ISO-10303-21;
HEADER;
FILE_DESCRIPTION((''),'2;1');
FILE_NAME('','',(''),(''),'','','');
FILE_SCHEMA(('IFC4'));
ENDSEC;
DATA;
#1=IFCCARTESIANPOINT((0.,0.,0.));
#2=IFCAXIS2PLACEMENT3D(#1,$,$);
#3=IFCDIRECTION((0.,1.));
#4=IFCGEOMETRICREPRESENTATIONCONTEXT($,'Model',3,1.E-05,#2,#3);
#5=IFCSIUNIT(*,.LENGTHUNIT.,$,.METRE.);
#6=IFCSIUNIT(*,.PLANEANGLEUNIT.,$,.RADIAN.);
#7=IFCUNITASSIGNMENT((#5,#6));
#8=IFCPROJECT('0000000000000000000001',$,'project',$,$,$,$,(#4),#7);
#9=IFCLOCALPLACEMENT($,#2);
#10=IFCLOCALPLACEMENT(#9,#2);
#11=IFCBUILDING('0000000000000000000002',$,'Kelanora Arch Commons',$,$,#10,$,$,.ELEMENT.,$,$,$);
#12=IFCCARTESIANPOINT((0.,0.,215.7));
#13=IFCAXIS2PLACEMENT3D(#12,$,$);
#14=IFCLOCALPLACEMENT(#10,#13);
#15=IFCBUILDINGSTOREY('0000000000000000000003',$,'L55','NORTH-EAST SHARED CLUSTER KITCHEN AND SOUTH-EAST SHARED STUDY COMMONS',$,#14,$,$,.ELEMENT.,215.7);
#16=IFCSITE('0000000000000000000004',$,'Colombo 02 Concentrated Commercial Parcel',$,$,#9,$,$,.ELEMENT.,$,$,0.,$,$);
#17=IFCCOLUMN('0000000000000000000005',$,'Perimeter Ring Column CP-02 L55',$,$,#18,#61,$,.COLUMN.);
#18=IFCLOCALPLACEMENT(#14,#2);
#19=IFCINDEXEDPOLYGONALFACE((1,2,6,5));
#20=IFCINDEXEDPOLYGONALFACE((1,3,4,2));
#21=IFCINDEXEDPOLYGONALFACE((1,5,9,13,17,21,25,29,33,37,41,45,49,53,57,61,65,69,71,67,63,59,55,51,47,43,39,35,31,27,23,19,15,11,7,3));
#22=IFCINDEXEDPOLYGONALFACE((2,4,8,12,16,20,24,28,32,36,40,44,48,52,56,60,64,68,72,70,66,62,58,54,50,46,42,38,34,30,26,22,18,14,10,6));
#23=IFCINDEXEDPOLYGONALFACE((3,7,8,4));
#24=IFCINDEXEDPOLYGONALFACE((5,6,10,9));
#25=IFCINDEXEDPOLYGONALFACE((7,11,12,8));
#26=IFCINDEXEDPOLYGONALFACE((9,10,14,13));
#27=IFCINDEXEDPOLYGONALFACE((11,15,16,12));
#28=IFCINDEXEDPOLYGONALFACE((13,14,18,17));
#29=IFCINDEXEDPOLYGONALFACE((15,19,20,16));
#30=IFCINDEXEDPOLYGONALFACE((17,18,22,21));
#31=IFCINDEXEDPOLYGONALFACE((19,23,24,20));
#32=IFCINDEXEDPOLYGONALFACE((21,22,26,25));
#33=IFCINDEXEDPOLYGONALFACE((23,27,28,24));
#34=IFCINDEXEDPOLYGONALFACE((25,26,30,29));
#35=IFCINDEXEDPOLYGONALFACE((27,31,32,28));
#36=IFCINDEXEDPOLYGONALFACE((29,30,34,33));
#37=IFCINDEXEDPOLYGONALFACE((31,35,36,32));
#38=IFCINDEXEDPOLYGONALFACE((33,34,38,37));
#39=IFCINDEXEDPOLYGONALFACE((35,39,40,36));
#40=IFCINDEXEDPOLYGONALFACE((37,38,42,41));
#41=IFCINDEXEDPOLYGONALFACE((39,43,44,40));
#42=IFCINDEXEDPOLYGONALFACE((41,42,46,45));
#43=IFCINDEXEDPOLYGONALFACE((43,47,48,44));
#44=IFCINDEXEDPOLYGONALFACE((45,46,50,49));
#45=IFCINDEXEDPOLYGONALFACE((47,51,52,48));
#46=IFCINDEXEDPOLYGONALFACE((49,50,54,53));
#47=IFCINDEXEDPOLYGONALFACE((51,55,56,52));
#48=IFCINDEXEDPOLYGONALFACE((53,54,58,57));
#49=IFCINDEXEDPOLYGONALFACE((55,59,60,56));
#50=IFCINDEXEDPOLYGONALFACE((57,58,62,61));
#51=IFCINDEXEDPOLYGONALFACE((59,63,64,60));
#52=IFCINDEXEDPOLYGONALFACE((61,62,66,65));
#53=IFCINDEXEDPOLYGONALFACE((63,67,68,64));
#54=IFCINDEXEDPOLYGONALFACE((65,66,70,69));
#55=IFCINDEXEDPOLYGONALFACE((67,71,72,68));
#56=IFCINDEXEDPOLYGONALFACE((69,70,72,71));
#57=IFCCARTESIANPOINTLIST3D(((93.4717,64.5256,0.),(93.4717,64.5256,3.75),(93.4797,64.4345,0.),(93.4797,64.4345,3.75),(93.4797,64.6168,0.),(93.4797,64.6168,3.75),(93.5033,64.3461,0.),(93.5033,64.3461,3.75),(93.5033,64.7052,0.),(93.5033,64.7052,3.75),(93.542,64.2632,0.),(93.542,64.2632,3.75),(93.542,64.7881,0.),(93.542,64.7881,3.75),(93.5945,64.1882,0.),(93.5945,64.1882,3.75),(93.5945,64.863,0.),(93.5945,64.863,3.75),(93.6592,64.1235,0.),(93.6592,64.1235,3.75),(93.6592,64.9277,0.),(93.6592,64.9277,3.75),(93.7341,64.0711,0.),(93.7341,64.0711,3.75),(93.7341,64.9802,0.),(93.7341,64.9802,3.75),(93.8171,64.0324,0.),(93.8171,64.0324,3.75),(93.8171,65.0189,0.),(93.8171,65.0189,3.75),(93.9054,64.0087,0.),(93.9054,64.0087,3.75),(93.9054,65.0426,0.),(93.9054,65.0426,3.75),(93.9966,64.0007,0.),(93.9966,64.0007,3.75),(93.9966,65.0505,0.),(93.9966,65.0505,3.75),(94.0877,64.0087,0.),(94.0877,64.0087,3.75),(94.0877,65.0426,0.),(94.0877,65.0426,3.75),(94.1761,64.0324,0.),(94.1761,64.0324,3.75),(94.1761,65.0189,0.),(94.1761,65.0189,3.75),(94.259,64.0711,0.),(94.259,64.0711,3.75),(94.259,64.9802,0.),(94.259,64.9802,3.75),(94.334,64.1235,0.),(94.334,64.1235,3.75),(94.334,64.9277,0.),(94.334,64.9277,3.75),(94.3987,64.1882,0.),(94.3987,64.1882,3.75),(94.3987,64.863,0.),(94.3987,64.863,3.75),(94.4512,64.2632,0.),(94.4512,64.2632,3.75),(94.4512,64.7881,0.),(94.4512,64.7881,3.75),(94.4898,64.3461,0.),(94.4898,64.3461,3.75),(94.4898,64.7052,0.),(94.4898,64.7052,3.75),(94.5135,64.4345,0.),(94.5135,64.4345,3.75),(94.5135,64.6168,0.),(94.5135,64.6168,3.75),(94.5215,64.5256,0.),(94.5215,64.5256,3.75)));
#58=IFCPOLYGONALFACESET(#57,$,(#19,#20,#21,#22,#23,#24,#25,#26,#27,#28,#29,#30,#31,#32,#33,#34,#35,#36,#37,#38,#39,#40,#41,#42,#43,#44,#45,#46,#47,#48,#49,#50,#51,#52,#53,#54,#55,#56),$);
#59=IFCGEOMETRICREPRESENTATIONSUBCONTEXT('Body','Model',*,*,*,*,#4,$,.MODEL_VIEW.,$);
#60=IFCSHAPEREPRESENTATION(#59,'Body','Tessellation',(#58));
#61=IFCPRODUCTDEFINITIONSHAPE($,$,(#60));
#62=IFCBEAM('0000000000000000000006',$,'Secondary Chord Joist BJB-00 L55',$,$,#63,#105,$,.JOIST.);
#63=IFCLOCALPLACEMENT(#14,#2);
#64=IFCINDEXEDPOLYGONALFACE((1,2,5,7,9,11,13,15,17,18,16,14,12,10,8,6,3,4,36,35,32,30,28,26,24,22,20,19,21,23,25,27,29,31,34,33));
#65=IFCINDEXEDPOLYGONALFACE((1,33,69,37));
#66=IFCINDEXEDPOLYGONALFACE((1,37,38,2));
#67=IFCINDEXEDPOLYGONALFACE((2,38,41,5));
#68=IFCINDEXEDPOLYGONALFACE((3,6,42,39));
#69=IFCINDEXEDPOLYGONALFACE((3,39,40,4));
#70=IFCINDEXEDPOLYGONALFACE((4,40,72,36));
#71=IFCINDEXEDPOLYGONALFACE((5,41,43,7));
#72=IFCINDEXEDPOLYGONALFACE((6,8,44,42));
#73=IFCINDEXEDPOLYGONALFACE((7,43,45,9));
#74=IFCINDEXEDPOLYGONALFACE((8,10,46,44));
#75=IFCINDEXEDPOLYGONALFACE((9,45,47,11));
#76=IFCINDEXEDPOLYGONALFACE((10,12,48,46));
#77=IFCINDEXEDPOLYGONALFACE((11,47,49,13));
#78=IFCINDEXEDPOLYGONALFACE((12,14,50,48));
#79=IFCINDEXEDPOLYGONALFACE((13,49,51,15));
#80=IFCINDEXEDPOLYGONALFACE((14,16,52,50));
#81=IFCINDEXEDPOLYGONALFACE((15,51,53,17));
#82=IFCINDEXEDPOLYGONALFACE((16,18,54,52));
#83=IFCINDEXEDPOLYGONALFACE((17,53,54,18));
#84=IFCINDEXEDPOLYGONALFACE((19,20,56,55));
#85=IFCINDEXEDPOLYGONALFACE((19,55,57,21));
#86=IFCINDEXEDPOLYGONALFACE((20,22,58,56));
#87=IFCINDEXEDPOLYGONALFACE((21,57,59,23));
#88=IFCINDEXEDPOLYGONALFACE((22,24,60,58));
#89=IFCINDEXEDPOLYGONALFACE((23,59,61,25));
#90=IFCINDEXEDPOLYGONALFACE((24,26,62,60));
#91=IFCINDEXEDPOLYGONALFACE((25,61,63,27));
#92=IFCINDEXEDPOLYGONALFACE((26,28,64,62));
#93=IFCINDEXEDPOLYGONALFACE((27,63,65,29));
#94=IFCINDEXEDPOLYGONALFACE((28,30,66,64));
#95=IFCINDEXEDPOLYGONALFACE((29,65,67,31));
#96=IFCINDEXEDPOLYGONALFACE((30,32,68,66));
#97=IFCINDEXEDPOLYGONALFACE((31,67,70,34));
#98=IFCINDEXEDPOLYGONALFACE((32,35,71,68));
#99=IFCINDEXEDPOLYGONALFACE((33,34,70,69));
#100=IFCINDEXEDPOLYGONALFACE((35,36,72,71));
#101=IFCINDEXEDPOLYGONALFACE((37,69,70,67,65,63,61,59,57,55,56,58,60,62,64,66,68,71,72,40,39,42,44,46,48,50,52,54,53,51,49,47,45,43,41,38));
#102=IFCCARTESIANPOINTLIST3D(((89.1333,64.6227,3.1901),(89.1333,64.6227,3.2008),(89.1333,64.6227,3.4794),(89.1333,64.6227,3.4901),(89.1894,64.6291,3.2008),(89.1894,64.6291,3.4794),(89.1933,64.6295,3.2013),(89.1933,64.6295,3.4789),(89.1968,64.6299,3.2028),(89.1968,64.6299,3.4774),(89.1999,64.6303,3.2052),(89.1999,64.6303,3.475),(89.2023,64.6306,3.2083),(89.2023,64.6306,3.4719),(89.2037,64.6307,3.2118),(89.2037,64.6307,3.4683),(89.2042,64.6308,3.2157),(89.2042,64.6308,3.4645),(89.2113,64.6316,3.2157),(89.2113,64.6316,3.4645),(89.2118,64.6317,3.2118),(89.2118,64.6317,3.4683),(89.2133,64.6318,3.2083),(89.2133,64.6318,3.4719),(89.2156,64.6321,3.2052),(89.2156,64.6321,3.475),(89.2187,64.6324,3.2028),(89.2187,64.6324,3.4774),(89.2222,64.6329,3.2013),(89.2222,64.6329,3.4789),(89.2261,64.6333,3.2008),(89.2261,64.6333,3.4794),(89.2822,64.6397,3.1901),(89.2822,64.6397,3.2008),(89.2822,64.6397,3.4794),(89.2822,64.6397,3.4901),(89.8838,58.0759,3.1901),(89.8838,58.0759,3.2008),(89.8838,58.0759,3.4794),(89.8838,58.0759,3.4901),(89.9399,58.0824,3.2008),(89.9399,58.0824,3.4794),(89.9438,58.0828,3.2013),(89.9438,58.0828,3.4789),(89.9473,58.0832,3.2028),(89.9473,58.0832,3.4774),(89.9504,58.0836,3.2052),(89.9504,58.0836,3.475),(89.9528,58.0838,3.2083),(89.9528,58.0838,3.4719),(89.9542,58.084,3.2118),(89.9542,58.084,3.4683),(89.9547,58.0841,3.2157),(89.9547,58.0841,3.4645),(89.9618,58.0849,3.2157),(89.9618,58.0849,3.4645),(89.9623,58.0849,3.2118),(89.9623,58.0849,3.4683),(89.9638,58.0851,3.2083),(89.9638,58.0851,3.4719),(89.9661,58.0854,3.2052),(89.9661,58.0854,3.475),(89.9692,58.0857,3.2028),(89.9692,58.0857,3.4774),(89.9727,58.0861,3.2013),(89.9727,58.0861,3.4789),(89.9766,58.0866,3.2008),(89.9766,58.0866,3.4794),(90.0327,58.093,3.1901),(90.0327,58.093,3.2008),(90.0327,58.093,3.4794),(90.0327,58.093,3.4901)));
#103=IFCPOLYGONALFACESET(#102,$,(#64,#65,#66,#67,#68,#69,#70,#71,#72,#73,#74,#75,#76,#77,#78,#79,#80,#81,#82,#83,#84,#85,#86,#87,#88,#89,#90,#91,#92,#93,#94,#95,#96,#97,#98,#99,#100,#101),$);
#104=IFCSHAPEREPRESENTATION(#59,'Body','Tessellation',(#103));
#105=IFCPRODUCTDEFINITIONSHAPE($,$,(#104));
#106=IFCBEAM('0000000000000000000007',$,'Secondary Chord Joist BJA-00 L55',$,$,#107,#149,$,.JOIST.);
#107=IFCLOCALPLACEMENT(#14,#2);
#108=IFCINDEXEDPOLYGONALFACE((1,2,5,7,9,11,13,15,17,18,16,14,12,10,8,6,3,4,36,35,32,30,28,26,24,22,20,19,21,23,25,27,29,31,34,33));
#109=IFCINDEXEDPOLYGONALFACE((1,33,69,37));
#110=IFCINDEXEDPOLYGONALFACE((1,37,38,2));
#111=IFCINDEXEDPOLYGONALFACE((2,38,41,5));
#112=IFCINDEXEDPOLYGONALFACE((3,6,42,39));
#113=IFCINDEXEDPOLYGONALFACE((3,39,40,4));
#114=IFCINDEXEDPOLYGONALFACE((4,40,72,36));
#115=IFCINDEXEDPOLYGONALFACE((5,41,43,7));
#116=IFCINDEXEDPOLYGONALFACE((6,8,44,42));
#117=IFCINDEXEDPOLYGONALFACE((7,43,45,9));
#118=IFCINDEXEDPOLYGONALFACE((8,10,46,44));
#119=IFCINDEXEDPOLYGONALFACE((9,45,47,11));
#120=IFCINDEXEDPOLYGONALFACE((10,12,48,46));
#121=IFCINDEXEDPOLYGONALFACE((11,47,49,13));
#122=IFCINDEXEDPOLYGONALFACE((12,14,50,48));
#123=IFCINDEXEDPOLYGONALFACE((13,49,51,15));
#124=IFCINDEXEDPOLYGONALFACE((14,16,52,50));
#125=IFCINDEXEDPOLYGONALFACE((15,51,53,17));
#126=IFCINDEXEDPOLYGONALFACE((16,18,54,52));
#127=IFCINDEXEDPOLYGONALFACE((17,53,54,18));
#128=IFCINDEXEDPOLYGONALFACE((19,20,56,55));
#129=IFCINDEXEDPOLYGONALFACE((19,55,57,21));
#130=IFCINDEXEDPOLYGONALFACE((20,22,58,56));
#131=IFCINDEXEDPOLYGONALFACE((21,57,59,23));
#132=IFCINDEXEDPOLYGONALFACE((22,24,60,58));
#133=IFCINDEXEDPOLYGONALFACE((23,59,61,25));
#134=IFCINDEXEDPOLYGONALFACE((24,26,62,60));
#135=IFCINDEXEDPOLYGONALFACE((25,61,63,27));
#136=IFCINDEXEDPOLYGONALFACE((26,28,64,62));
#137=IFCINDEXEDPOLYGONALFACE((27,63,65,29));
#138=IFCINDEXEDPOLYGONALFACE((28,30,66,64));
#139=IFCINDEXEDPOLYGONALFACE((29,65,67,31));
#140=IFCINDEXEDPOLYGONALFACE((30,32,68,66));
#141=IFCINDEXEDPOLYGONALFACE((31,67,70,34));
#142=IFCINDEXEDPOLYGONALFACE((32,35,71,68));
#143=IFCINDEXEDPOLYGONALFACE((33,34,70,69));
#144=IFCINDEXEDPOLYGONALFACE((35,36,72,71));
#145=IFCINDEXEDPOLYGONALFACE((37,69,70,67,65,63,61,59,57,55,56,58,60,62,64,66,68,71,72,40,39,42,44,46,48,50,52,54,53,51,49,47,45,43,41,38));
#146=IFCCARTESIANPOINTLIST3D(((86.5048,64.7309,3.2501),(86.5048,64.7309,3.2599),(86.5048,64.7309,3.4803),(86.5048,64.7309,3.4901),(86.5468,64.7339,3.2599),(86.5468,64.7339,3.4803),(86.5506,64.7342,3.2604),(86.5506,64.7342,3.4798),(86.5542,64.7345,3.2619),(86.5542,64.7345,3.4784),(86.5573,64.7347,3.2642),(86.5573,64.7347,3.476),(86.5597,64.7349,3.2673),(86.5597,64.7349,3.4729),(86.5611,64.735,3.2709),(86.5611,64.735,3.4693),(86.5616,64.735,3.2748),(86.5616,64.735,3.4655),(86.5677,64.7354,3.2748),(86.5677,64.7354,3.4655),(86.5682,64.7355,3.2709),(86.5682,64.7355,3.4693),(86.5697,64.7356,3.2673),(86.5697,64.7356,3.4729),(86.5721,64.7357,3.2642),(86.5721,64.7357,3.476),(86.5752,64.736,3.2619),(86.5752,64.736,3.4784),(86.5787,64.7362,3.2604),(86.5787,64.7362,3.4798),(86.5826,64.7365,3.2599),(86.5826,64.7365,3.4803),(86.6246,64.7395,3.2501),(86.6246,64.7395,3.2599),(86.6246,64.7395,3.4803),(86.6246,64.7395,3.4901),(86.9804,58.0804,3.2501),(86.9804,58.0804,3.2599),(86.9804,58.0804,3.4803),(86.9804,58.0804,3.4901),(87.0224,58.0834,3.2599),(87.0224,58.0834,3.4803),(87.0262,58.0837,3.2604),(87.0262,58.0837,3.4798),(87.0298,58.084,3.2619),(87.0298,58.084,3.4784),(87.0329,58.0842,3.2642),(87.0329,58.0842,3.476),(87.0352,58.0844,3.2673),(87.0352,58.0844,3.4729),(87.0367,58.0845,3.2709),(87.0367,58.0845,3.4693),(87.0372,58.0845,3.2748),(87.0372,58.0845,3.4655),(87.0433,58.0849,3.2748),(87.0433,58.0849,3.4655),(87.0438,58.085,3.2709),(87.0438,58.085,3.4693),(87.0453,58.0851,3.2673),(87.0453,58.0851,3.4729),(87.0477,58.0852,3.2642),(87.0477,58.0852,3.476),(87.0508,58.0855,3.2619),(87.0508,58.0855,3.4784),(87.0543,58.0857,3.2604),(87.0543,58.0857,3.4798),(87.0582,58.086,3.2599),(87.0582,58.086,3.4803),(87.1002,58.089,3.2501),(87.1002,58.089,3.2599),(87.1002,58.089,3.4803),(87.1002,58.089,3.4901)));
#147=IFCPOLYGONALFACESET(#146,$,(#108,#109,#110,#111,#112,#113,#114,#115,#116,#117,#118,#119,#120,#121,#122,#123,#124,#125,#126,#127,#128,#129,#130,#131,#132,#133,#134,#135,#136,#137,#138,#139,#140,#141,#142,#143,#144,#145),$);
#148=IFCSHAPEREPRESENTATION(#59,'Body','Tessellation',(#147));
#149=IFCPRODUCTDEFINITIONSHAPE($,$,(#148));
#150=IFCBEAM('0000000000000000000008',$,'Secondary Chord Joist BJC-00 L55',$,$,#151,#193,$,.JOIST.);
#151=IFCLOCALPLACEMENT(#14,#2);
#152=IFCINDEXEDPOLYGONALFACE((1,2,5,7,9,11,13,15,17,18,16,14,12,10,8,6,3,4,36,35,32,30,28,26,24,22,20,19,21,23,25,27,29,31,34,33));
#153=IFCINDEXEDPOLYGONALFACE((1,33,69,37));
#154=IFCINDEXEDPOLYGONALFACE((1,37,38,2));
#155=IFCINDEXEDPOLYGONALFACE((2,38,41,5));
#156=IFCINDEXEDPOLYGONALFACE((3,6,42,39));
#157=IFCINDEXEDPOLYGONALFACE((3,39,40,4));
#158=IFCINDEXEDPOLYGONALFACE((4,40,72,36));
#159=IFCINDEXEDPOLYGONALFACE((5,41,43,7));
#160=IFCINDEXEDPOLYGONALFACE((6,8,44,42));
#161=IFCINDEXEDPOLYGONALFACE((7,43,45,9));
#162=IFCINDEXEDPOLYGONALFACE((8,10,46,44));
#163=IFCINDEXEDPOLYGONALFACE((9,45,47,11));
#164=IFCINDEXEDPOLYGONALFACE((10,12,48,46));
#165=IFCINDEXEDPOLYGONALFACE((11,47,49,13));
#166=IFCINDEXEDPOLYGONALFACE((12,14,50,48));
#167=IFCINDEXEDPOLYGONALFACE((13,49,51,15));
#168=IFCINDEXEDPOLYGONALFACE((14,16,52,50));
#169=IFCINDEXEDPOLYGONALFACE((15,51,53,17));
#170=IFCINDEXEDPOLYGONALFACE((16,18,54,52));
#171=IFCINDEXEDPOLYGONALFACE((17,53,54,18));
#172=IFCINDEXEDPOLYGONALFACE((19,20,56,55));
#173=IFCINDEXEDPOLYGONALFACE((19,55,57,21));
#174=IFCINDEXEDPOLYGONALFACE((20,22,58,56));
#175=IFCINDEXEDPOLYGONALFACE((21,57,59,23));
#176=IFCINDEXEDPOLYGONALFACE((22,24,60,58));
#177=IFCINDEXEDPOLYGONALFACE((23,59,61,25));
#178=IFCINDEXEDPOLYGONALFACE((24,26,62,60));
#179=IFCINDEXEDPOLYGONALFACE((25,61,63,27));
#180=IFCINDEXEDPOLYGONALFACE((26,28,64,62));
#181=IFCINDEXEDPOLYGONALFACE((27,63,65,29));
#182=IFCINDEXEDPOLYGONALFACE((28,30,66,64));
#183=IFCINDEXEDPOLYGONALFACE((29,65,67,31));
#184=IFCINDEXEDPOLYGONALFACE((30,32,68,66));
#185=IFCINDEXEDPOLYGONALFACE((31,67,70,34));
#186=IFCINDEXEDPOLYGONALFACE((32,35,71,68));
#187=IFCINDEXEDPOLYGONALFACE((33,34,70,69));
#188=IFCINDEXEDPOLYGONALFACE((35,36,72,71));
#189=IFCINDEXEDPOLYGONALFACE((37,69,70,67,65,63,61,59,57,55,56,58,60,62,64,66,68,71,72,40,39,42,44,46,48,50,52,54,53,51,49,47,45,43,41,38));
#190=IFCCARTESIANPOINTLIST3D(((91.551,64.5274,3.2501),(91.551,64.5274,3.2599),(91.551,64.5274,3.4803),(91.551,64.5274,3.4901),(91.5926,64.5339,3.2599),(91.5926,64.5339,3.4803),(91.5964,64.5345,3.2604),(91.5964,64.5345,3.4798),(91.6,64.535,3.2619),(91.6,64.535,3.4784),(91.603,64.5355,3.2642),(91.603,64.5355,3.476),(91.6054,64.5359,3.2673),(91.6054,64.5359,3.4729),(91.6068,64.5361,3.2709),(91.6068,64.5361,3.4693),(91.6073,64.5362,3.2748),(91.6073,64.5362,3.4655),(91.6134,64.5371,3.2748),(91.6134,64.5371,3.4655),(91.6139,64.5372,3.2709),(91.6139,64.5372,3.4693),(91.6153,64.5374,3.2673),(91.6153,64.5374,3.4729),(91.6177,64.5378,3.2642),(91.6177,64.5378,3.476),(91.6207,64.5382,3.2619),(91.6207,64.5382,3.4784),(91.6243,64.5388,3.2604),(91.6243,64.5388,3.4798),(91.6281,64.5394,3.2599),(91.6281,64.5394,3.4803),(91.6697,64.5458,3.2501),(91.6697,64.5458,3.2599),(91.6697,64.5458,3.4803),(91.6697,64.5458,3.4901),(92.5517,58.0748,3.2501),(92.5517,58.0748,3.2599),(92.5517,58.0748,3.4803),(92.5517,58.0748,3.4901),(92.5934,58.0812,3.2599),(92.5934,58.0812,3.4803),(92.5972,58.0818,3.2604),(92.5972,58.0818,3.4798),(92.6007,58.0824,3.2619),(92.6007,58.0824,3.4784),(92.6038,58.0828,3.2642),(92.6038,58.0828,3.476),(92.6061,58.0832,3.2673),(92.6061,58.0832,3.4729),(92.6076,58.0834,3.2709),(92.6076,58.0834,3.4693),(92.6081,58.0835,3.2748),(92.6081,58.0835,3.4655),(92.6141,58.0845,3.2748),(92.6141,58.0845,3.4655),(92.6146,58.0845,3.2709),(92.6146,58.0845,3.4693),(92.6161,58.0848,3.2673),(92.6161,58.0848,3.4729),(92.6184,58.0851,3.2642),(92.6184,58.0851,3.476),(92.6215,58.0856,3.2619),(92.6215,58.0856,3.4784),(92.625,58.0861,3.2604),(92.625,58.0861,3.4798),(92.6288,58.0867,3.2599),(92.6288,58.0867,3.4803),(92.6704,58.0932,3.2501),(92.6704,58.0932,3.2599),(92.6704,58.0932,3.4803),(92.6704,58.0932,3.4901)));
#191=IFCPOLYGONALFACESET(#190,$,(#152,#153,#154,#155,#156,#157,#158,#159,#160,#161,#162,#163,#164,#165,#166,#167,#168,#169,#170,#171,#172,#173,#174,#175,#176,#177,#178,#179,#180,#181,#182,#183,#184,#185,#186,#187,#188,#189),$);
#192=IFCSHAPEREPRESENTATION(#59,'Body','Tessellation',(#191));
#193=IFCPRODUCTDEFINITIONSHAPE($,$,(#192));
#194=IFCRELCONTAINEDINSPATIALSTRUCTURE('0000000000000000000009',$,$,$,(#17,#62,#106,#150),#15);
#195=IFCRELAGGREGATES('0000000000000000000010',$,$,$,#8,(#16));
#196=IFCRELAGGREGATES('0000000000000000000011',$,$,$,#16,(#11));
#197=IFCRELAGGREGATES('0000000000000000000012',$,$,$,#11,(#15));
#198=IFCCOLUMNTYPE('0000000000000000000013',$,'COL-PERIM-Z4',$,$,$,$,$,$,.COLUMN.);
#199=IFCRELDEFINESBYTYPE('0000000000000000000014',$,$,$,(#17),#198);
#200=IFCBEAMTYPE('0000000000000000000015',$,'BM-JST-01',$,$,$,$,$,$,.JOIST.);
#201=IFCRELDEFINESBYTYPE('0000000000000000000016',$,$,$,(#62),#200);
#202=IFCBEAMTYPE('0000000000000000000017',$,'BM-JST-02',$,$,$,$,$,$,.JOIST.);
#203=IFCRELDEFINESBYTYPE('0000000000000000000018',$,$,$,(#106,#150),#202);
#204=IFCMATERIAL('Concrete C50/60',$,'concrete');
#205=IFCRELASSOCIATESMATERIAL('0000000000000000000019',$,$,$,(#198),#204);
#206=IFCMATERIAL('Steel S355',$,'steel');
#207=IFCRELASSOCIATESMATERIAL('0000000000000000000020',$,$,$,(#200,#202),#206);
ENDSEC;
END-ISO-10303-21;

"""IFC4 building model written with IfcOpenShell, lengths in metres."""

from ifc_helpers import new_model, si_unit, direction, frame, origin, origin_2d, place, context, subcontext, project, spatial, circle, i_section, extrude, material, material_profile, profile_set, type_object, element, save


model = new_model("IFC4")

# Units and contexts
model_context = context("Model", 3, precision=1e-05, world=origin(), true_north=direction((0.0, 1.0)))
body_context = subcontext(model_context, "Body", "Model", "MODEL_VIEW")
ifc_project = project(units=[si_unit("LENGTHUNIT", "METRE"), si_unit("PLANEANGLEUNIT", "RADIAN")], contexts=[model_context])

# Site, building, storey
site_placement = place(None, origin())
site = spatial("IfcSite", under=ifc_project, at=site_placement, Name="Colombo 02 Concentrated Commercial Parcel", CompositionType="ELEMENT", RefElevation=0.0)
building_placement = place(site_placement, origin())
building = spatial("IfcBuilding", under=site, at=building_placement, Name="Kelanora Arch Commons", CompositionType="ELEMENT")
storey_placement = place(building_placement, frame((0.0, 0.0, 215.7)))
storey = spatial("IfcBuildingStorey", under=building, at=storey_placement, Name="L55", Description="NORTH-EAST SHARED CLUSTER KITCHEN AND SOUTH-EAST SHARED STUDY COMMONS", CompositionType="ELEMENT", Elevation=215.7)

# Column
ifc_material_1 = material(Name="Concrete C50/60", Category="concrete")
ifc_material_profile_1 = material_profile(ifc_material_1, circle(Radius=0.5249, at=origin_2d()), Name="RCC1050")
ifc_profile_set_1 = profile_set([ifc_material_profile_1], Name="Concrete C50/60")
column_type = type_object("IfcColumnType", Name="COL-PERIM-Z4", PredefinedType="COLUMN", material=ifc_profile_set_1)
column_placement = place(storey_placement, frame((93.9966, 64.5256, 0.0), z_axis=(0.0, 0.0, 1.0), x_axis=(1.0, 0.0, 0.0)))
element("IfcColumn", 1, at=column_placement, inside=storey, type_object=column_type, Name="Perimeter Ring Column CP-02 L55", PredefinedType="COLUMN", context=body_context, shape_type="SweptSolid", body=[
    extrude(circle(Radius=0.5249, at=origin_2d()), origin(), (0.0, 0.0, 1.0), 3.75),
])

# Beams
ifc_material_2 = material(Name="Steel S355", Category="steel")
ifc_material_profile_2 = material_profile(ifc_material_2, i_section(OverallWidth=0.1499, OverallDepth=0.3, WebThickness=0.0071, FlangeThickness=0.0107, FilletRadius=0.0149, at=origin_2d()), Name="IPE300")
ifc_profile_set_2 = profile_set([ifc_material_profile_2], Name="Steel S355")
beam_type_1 = type_object("IfcBeamType", Name="BM-JST-01", PredefinedType="JOIST", material=ifc_profile_set_2)
beam_1_placement = place(storey_placement, frame((89.9583, 58.0845, 3.3401), z_axis=(-0.113891, 0.993493, 0.0), x_axis=(-0.993493, -0.113891, 0.0)))
element("IfcBeam", 2, at=beam_1_placement, inside=storey, type_object=beam_type_1, Name="Secondary Chord Joist BJB-00 L55", PredefinedType="JOIST", context=body_context, shape_type="SweptSolid", body=[
    extrude(i_section(OverallWidth=0.1499, OverallDepth=0.3, WebThickness=0.0071, FlangeThickness=0.0107, FilletRadius=0.0149, at=origin_2d()), origin(), (0.0, 0.0, 1.0), 6.5896),
])
ifc_material_profile_3 = material_profile(ifc_material_2, i_section(OverallWidth=0.1201, OverallDepth=0.24, WebThickness=0.0061, FlangeThickness=0.0098, FilletRadius=0.0149, at=origin_2d()), Name="IPE240")
ifc_profile_set_3 = profile_set([ifc_material_profile_3], Name="Steel S355")
beam_type_2 = type_object("IfcBeamType", Name="BM-JST-02", PredefinedType="JOIST", material=ifc_profile_set_3)
beam_2_placement = place(storey_placement, frame((87.0403, 58.0847, 3.3701), z_axis=(-0.07133, 0.997453, 0.0), x_axis=(-0.997453, -0.07133, 0.0)))
element("IfcBeam", 3, at=beam_2_placement, inside=storey, type_object=beam_type_2, Name="Secondary Chord Joist BJA-00 L55", PredefinedType="JOIST", context=body_context, shape_type="SweptSolid", body=[
    extrude(i_section(OverallWidth=0.1201, OverallDepth=0.24, WebThickness=0.0061, FlangeThickness=0.0098, FilletRadius=0.0149, at=origin_2d()), origin(), (0.0, 0.0, 1.0), 6.6675),
])
beam_3_placement = place(storey_placement, frame((92.6111, 58.084, 3.3701), z_axis=(-0.153257, 0.988186, 0.0), x_axis=(-0.988186, -0.153257, 0.0)))
element("IfcBeam", 4, at=beam_3_placement, inside=storey, type_object=beam_type_2, Name="Secondary Chord Joist BJC-00 L55", PredefinedType="JOIST", context=body_context, shape_type="SweptSolid", body=[
    extrude(i_section(OverallWidth=0.1201, OverallDepth=0.24, WebThickness=0.0061, FlangeThickness=0.0098, FilletRadius=0.0149, at=origin_2d()), origin(), (0.0, 0.0, 1.0), 6.5298),
])

save(model, "model.ifc")
